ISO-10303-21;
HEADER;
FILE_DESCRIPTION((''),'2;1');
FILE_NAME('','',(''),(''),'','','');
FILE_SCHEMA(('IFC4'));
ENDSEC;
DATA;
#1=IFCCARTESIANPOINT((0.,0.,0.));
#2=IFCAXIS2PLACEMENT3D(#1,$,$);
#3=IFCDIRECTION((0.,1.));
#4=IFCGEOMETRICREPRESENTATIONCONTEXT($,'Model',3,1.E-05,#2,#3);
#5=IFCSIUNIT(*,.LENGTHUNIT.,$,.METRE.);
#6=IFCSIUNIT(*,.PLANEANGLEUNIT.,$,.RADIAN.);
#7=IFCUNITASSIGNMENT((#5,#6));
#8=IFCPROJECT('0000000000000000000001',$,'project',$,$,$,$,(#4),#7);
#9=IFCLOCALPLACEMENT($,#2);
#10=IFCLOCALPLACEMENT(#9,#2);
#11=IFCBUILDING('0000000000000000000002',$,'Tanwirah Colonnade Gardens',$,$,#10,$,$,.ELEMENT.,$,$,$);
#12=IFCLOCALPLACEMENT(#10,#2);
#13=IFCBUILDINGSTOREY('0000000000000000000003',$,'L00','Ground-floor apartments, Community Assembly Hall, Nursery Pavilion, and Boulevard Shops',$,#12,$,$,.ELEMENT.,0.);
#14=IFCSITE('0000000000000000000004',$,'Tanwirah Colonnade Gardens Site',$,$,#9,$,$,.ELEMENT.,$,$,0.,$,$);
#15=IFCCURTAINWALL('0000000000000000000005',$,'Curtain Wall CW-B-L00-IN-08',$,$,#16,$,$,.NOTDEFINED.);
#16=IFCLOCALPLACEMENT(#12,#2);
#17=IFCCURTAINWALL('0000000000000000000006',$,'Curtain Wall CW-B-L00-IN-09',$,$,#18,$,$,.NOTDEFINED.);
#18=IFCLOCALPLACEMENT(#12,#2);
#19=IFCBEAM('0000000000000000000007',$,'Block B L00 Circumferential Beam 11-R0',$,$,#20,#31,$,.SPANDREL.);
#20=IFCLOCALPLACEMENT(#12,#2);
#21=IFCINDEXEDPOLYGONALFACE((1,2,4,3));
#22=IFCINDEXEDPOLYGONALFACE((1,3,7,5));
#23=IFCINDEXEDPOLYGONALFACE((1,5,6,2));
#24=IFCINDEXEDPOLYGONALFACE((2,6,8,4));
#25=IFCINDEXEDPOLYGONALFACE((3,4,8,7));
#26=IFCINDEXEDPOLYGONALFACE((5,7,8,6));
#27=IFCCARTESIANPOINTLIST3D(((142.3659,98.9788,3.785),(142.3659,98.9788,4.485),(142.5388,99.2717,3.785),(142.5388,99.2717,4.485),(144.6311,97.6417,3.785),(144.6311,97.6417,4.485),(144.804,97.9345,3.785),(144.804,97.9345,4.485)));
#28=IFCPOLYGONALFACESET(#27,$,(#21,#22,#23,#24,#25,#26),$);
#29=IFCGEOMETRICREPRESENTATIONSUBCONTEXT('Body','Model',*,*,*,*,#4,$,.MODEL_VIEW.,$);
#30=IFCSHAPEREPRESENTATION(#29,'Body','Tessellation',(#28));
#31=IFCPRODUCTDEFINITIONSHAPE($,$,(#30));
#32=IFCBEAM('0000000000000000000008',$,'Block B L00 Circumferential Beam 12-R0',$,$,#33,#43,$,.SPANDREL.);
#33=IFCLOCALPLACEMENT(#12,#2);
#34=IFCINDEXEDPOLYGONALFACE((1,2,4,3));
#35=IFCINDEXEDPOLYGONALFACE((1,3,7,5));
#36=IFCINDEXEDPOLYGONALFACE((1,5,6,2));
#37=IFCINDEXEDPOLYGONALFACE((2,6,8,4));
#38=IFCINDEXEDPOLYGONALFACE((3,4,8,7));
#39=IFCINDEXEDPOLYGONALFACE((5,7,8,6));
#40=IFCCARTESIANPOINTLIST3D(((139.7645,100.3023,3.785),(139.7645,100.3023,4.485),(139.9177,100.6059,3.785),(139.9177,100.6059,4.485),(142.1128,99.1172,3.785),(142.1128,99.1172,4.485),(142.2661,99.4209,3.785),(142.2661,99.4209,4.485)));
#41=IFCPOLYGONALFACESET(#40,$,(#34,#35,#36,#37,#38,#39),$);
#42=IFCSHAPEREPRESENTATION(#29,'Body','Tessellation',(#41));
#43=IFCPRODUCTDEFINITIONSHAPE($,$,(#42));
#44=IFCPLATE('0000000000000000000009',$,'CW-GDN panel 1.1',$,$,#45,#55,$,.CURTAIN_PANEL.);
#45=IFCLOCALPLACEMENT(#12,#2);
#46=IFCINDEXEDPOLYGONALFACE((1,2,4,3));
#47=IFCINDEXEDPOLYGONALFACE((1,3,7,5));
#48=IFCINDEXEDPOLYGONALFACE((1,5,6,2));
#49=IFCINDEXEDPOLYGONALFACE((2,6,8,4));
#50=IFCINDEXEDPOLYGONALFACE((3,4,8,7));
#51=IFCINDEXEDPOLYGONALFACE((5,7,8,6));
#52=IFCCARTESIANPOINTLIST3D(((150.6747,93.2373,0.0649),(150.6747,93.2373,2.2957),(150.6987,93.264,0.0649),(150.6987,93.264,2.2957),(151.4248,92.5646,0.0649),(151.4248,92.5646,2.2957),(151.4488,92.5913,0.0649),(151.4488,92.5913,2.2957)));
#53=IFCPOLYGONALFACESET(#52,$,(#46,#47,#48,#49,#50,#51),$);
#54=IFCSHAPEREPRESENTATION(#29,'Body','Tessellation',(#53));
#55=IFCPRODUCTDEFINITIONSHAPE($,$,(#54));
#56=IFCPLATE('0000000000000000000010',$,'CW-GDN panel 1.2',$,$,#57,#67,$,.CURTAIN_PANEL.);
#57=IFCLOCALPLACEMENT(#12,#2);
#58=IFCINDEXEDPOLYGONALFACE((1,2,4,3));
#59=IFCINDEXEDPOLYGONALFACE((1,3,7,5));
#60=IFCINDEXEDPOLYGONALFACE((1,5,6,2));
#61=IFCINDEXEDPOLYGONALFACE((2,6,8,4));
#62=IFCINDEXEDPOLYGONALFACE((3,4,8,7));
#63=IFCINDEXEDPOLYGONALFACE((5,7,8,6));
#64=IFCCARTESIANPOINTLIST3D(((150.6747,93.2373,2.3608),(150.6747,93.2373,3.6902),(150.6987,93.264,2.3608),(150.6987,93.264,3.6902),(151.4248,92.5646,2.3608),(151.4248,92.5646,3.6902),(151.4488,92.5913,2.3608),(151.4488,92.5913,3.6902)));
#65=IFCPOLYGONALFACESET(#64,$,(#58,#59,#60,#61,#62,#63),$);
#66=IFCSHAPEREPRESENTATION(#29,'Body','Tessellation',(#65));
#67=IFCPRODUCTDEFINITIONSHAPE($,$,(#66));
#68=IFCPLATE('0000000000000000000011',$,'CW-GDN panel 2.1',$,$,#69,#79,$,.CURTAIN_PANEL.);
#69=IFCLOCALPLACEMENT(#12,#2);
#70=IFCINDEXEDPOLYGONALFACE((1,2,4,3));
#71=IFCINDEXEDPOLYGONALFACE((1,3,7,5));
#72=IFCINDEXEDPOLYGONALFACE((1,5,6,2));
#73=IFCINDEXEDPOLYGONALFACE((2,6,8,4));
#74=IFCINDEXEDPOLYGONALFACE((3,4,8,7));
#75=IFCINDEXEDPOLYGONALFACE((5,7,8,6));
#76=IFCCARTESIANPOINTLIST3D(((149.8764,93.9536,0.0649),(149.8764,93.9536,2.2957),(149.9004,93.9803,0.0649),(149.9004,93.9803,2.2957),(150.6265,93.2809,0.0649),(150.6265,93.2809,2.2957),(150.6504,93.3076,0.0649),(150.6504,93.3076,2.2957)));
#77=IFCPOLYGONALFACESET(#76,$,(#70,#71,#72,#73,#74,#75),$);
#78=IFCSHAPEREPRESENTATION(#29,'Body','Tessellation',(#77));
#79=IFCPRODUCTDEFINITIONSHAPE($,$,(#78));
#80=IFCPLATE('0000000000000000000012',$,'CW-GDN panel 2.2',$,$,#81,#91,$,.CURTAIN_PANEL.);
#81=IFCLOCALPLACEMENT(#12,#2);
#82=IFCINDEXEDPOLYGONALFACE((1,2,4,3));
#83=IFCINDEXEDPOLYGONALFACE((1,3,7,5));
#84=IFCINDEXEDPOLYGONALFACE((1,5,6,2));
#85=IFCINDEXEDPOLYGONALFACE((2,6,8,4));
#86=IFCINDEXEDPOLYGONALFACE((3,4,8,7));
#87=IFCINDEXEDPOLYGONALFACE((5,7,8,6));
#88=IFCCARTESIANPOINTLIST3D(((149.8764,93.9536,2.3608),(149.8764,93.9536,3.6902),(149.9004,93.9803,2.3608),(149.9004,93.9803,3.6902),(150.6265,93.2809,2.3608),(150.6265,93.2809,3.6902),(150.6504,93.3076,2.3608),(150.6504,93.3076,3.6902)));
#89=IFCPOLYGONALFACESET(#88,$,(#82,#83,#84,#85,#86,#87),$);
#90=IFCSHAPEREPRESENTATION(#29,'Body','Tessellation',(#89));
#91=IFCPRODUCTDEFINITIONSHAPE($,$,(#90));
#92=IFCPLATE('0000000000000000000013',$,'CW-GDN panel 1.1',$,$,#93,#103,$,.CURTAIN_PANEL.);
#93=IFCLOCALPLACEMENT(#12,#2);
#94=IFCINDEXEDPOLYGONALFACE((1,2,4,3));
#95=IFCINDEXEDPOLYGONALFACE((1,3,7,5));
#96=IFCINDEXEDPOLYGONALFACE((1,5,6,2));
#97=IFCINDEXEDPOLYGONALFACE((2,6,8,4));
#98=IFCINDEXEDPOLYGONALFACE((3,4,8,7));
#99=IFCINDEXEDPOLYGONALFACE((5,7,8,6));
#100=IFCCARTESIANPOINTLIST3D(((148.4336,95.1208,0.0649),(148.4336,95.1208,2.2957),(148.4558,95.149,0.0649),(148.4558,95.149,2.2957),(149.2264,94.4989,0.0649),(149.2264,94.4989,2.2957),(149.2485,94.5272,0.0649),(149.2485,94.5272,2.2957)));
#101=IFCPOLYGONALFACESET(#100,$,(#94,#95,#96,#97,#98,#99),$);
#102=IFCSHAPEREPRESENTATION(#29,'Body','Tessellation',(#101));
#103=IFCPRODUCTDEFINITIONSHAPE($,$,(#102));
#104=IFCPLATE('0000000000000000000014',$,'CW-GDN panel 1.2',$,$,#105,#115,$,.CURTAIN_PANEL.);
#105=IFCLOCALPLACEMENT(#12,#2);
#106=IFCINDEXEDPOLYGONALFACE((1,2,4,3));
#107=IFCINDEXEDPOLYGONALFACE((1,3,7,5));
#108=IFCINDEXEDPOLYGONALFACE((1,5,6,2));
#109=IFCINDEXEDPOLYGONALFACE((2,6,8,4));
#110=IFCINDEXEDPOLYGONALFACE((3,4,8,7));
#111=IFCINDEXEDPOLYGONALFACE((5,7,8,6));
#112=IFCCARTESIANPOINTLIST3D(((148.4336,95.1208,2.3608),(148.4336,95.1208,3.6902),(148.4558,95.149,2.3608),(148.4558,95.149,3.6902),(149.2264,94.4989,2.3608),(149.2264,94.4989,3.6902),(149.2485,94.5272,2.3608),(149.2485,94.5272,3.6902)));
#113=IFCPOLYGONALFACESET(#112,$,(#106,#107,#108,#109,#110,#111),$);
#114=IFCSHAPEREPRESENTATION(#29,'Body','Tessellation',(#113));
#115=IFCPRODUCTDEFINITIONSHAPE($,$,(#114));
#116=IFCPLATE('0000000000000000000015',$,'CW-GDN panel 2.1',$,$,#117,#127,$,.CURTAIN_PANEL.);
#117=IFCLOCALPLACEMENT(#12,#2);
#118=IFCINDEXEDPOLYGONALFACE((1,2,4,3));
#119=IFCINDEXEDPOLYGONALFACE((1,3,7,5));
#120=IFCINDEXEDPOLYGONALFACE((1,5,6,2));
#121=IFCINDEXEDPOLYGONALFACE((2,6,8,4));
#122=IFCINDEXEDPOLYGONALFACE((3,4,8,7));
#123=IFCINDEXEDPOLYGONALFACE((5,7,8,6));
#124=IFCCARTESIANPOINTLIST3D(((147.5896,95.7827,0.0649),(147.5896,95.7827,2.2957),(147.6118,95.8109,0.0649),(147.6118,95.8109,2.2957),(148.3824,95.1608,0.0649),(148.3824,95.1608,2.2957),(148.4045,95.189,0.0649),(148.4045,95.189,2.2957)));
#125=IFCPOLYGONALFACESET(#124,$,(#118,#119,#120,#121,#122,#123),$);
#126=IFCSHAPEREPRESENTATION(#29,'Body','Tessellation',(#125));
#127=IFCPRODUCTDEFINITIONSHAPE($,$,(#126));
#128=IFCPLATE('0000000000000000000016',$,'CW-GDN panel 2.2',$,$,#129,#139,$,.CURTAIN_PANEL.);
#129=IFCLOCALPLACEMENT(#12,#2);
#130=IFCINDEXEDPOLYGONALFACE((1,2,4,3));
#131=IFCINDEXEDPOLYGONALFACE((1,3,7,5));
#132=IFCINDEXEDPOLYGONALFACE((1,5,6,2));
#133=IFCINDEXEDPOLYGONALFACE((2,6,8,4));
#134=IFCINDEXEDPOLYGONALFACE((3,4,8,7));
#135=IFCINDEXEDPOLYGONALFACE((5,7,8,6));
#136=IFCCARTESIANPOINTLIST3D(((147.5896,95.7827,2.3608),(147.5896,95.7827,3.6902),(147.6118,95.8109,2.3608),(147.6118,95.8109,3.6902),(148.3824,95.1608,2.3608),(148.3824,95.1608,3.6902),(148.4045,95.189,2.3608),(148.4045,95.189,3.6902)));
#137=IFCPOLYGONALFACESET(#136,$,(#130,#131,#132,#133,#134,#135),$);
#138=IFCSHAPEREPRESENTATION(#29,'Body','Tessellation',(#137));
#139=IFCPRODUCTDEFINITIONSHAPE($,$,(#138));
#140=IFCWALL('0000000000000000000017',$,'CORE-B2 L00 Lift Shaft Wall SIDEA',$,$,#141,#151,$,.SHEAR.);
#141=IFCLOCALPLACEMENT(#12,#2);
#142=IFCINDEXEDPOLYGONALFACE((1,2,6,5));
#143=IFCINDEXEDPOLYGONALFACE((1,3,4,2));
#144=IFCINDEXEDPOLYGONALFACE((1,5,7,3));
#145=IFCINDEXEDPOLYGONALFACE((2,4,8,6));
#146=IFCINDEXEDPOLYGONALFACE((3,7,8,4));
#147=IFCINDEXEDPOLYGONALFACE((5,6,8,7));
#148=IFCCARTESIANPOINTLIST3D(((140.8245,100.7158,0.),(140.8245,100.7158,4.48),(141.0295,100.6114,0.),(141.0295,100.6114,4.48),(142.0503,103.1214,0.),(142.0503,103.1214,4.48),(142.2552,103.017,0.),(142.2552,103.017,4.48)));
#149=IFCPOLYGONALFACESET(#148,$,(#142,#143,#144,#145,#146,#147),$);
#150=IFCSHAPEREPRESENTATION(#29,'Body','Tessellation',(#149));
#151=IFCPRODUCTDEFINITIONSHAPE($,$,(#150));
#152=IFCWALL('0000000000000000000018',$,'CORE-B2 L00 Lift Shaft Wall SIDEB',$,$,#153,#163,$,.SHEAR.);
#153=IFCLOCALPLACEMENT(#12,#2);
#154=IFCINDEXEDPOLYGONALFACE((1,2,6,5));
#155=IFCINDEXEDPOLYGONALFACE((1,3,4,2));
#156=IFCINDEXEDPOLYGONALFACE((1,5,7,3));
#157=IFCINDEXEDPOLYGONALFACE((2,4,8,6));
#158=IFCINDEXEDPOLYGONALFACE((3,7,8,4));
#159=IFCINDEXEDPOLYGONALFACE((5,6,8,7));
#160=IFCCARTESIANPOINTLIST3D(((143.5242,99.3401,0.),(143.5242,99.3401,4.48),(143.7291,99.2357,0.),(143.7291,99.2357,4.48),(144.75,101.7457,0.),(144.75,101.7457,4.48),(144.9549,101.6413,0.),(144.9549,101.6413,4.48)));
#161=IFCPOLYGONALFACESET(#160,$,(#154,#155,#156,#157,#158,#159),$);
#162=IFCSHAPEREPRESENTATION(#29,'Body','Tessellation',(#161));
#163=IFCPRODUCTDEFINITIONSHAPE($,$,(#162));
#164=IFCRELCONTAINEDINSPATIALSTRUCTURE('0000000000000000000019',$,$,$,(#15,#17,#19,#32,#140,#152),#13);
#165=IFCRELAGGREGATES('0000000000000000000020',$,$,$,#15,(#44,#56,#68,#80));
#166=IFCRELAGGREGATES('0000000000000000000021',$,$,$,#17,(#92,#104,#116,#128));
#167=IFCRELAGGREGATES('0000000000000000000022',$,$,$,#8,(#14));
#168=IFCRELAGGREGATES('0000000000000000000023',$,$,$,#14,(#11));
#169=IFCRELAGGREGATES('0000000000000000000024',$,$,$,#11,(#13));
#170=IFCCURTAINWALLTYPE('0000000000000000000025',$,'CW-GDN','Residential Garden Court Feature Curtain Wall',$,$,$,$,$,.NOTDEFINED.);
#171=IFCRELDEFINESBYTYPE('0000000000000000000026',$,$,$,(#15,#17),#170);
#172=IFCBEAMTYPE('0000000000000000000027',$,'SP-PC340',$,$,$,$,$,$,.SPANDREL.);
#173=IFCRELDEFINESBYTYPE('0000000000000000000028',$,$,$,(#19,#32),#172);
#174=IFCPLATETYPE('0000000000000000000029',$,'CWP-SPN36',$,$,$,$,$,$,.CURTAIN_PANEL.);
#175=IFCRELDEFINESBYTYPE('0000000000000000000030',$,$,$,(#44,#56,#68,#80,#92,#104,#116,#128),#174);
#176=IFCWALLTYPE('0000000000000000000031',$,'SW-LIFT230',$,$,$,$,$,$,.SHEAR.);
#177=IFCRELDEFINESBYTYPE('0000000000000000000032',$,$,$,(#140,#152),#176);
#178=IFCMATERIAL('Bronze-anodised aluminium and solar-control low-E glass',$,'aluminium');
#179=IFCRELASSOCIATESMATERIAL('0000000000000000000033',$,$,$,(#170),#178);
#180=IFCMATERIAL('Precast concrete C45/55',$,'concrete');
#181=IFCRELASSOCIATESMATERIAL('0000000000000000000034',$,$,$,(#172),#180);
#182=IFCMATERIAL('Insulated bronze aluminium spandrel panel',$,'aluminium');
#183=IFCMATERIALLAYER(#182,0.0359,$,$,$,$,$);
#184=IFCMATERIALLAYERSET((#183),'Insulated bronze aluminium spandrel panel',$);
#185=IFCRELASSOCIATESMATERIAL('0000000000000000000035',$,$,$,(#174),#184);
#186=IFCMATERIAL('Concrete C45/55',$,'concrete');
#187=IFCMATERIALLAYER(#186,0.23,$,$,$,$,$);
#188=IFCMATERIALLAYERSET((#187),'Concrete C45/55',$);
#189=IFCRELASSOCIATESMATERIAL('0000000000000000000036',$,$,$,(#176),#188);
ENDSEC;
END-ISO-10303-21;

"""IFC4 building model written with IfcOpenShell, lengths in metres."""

from ifc_helpers import new_model, si_unit, direction, frame, frame_2d, origin, origin_2d, place, context, subcontext, project, spatial, rectangle, extrude, material, layer, layer_set, material_profile, profile_set, type_object, element, aggregate, save


model = new_model("IFC4")

# Units and contexts
model_context = context("Model", 3, precision=1e-05, world=origin(), true_north=direction((0.0, 1.0)))
body_context = subcontext(model_context, "Body", "Model", "MODEL_VIEW")
ifc_project = project(units=[si_unit("LENGTHUNIT", "METRE"), si_unit("PLANEANGLEUNIT", "RADIAN")], contexts=[model_context])

# Site, building, storey
site_placement = place(None, origin())
site = spatial("IfcSite", under=ifc_project, at=site_placement, Name="Tanwirah Colonnade Gardens Site", CompositionType="ELEMENT", RefElevation=0.0)
building_placement = place(site_placement, origin())
building = spatial("IfcBuilding", under=site, at=building_placement, Name="Tanwirah Colonnade Gardens", CompositionType="ELEMENT")
storey_placement = place(building_placement, origin())
storey = spatial("IfcBuildingStorey", under=building, at=storey_placement, Name="L00", Description="Ground-floor apartments, Community Assembly Hall, Nursery Pavilion, and Boulevard Shops", CompositionType="ELEMENT", Elevation=0.0)

# Shared definitions
ifc_material_1 = material(Name="Precast concrete C45/55", Category="concrete")

# Curtain walls
ifc_material_2 = material(Name="Bronze-anodised aluminium and solar-control low-E glass", Category="aluminium")
curtain_wall_type = type_object("IfcCurtainWallType", Name="CW-GDN", Description="Residential Garden Court Feature Curtain Wall", PredefinedType="NOTDEFINED", material=ifc_material_2)
curtain_wall_1_placement = place(storey_placement, origin())
curtain_wall_1 = element("IfcCurtainWall", 1, at=curtain_wall_1_placement, inside=storey, type_object=curtain_wall_type, Name="Curtain Wall CW-B-L00-IN-08", PredefinedType="NOTDEFINED")
curtain_wall_2_placement = place(storey_placement, origin())
curtain_wall_2 = element("IfcCurtainWall", 2, at=curtain_wall_2_placement, inside=storey, type_object=curtain_wall_type, Name="Curtain Wall CW-B-L00-IN-09", PredefinedType="NOTDEFINED")

# Beams
ifc_material_profile_1 = material_profile(ifc_material_1, rectangle(XDim=0.3401, YDim=0.7, at=origin_2d()), Name="PC-SP 340x700")
ifc_profile_set_1 = profile_set([ifc_material_profile_1], Name="Precast concrete C45/55")
beam_type_1 = type_object("IfcBeamType", Name="SP-PC340", PredefinedType="SPANDREL", material=ifc_profile_set_1)
for number, where, z_axis, x_axis, name in (
    (3, (144.7175, 97.7881, 4.135), (-0.861148, 0.508354, 0.0), (-0.508354, -0.861148, 0.0), "Block B L00 Circumferential Beam 11-R0"),
    (4, (142.1895, 99.269, 4.135), (-0.892769, 0.450515, 0.0), (-0.450515, -0.892769, 0.0), "Block B L00 Circumferential Beam 12-R0"),
):
    element("IfcBeam", number, at=place(storey_placement, frame(where, z_axis=z_axis, x_axis=x_axis)), inside=storey, type_object=beam_type_1, Name=name, PredefinedType="SPANDREL", context=body_context, shape_type="SweptSolid", body=[
        extrude(rectangle(XDim=0.3401, YDim=0.7, at=origin_2d()), origin(), (0.0, 0.0, 1.0), 2.6304),
    ])

# Plates
ifc_material_3 = material(Name="Insulated bronze aluminium spandrel panel", Category="aluminium")
ifc_layer_1 = layer(ifc_material_3, 0.0359)
ifc_layer_set_1 = layer_set([ifc_layer_1], Name="Insulated bronze aluminium spandrel panel")
plate_type = type_object("IfcPlateType", Name="CWP-SPN36", PredefinedType="CURTAIN_PANEL", material=ifc_layer_set_1)
plate_1_placement = place(storey_placement, frame((151.0618, 92.9143, 0.0649), z_axis=(0.0, 0.0, 1.0), x_axis=(-0.74444, 0.667689, 0.0)))
plate_1 = element("IfcPlate", 5, at=plate_1_placement, type_object=plate_type, Name="CW-GDN panel 1.1", PredefinedType="CURTAIN_PANEL", context=body_context, shape_type="SweptSolid", body=[
    extrude(rectangle(XDim=1.0076, YDim=0.0359, at=origin_2d()), origin(), (0.0, 0.0, 1.0), 2.2307),
])
plate_2_placement = place(storey_placement, frame((151.0618, 92.9143, 2.3608), z_axis=(0.0, 0.0, 1.0), x_axis=(-0.74444, 0.667689, 0.0)))
plate_2 = element("IfcPlate", 6, at=plate_2_placement, type_object=plate_type, Name="CW-GDN panel 1.2", PredefinedType="CURTAIN_PANEL", context=body_context, shape_type="SweptSolid", body=[
    extrude(rectangle(XDim=1.0076, YDim=0.0359, at=origin_2d()), origin(), (0.0, 0.0, 1.0), 1.3293),
])
plate_3_placement = place(storey_placement, frame((150.2634, 93.6306, 0.0649), z_axis=(0.0, 0.0, 1.0), x_axis=(-0.74444, 0.667689, 0.0)))
plate_3 = element("IfcPlate", 7, at=plate_3_placement, type_object=plate_type, Name="CW-GDN panel 2.1", PredefinedType="CURTAIN_PANEL", context=body_context, shape_type="SweptSolid", body=[
    extrude(rectangle(XDim=1.0076, YDim=0.0359, at=origin_2d()), origin(), (0.0, 0.0, 1.0), 2.2307),
])
plate_4_placement = place(storey_placement, frame((150.2634, 93.6306, 2.3608), z_axis=(0.0, 0.0, 1.0), x_axis=(-0.74444, 0.667689, 0.0)))
plate_4 = element("IfcPlate", 8, at=plate_4_placement, type_object=plate_type, Name="CW-GDN panel 2.2", PredefinedType="CURTAIN_PANEL", context=body_context, shape_type="SweptSolid", body=[
    extrude(rectangle(XDim=1.0076, YDim=0.0359, at=origin_2d()), origin(), (0.0, 0.0, 1.0), 1.3293),
])
aggregate(curtain_wall_1, [plate_1, plate_2, plate_3, plate_4])
plate_5_placement = place(storey_placement, frame((148.8411, 94.824, 0.0649), z_axis=(0.0, 0.0, 1.0), x_axis=(-0.786815, 0.617189, 0.0)))
plate_5 = element("IfcPlate", 9, at=plate_5_placement, type_object=plate_type, Name="CW-GDN panel 1.1", PredefinedType="CURTAIN_PANEL", context=body_context, shape_type="SweptSolid", body=[
    extrude(rectangle(XDim=1.0076, YDim=0.0359, at=origin_2d()), origin(), (0.0, 0.0, 1.0), 2.2307),
])
plate_6_placement = place(storey_placement, frame((148.8411, 94.824, 2.3608), z_axis=(0.0, 0.0, 1.0), x_axis=(-0.786815, 0.617189, 0.0)))
plate_6 = element("IfcPlate", 10, at=plate_6_placement, type_object=plate_type, Name="CW-GDN panel 1.2", PredefinedType="CURTAIN_PANEL", context=body_context, shape_type="SweptSolid", body=[
    extrude(rectangle(XDim=1.0076, YDim=0.0359, at=origin_2d()), origin(), (0.0, 0.0, 1.0), 1.3293),
])
plate_7_placement = place(storey_placement, frame((147.9971, 95.4858, 0.0649), z_axis=(0.0, 0.0, 1.0), x_axis=(-0.786815, 0.617189, 0.0)))
plate_7 = element("IfcPlate", 11, at=plate_7_placement, type_object=plate_type, Name="CW-GDN panel 2.1", PredefinedType="CURTAIN_PANEL", context=body_context, shape_type="SweptSolid", body=[
    extrude(rectangle(XDim=1.0076, YDim=0.0359, at=origin_2d()), origin(), (0.0, 0.0, 1.0), 2.2307),
])
plate_8_placement = place(storey_placement, frame((147.9971, 95.4858, 2.3608), z_axis=(0.0, 0.0, 1.0), x_axis=(-0.786815, 0.617189, 0.0)))
plate_8 = element("IfcPlate", 12, at=plate_8_placement, type_object=plate_type, Name="CW-GDN panel 2.2", PredefinedType="CURTAIN_PANEL", context=body_context, shape_type="SweptSolid", body=[
    extrude(rectangle(XDim=1.0076, YDim=0.0359, at=origin_2d()), origin(), (0.0, 0.0, 1.0), 1.3293),
])
aggregate(curtain_wall_2, [plate_5, plate_6, plate_7, plate_8])

# Walls
ifc_material_4 = material(Name="Concrete C45/55", Category="concrete")
ifc_layer_2 = layer(ifc_material_4, 0.23)
ifc_layer_set_2 = layer_set([ifc_layer_2], Name="Concrete C45/55")
wall_type_1 = type_object("IfcWallType", Name="SW-LIFT230", PredefinedType="SHEAR", material=ifc_layer_set_2)
for number, where, z_axis, x_axis, name in (
    (13, (142.1528, 103.0693, 0.0), (0.0, 0.0, 1.0), (-0.454, -0.891002, 0.0), "CORE-B2 L00 Lift Shaft Wall SIDEA"),
    (14, (144.8525, 101.6936, 0.0), (0.0, 0.0, 1.0), (-0.454037, -0.890983, 0.0), "CORE-B2 L00 Lift Shaft Wall SIDEB"),
):
    element("IfcWall", number, at=place(storey_placement, frame(where, z_axis=z_axis, x_axis=x_axis)), inside=storey, type_object=wall_type_1, Name=name, PredefinedType="SHEAR", context=body_context, shape_type="SweptSolid", body=[
        extrude(rectangle(XDim=2.7, YDim=0.23, at=frame_2d((1.3501, 0.0))), origin(), (0.0, 0.0, 1.0), 4.48),
    ])

save(model, "model.ifc")
